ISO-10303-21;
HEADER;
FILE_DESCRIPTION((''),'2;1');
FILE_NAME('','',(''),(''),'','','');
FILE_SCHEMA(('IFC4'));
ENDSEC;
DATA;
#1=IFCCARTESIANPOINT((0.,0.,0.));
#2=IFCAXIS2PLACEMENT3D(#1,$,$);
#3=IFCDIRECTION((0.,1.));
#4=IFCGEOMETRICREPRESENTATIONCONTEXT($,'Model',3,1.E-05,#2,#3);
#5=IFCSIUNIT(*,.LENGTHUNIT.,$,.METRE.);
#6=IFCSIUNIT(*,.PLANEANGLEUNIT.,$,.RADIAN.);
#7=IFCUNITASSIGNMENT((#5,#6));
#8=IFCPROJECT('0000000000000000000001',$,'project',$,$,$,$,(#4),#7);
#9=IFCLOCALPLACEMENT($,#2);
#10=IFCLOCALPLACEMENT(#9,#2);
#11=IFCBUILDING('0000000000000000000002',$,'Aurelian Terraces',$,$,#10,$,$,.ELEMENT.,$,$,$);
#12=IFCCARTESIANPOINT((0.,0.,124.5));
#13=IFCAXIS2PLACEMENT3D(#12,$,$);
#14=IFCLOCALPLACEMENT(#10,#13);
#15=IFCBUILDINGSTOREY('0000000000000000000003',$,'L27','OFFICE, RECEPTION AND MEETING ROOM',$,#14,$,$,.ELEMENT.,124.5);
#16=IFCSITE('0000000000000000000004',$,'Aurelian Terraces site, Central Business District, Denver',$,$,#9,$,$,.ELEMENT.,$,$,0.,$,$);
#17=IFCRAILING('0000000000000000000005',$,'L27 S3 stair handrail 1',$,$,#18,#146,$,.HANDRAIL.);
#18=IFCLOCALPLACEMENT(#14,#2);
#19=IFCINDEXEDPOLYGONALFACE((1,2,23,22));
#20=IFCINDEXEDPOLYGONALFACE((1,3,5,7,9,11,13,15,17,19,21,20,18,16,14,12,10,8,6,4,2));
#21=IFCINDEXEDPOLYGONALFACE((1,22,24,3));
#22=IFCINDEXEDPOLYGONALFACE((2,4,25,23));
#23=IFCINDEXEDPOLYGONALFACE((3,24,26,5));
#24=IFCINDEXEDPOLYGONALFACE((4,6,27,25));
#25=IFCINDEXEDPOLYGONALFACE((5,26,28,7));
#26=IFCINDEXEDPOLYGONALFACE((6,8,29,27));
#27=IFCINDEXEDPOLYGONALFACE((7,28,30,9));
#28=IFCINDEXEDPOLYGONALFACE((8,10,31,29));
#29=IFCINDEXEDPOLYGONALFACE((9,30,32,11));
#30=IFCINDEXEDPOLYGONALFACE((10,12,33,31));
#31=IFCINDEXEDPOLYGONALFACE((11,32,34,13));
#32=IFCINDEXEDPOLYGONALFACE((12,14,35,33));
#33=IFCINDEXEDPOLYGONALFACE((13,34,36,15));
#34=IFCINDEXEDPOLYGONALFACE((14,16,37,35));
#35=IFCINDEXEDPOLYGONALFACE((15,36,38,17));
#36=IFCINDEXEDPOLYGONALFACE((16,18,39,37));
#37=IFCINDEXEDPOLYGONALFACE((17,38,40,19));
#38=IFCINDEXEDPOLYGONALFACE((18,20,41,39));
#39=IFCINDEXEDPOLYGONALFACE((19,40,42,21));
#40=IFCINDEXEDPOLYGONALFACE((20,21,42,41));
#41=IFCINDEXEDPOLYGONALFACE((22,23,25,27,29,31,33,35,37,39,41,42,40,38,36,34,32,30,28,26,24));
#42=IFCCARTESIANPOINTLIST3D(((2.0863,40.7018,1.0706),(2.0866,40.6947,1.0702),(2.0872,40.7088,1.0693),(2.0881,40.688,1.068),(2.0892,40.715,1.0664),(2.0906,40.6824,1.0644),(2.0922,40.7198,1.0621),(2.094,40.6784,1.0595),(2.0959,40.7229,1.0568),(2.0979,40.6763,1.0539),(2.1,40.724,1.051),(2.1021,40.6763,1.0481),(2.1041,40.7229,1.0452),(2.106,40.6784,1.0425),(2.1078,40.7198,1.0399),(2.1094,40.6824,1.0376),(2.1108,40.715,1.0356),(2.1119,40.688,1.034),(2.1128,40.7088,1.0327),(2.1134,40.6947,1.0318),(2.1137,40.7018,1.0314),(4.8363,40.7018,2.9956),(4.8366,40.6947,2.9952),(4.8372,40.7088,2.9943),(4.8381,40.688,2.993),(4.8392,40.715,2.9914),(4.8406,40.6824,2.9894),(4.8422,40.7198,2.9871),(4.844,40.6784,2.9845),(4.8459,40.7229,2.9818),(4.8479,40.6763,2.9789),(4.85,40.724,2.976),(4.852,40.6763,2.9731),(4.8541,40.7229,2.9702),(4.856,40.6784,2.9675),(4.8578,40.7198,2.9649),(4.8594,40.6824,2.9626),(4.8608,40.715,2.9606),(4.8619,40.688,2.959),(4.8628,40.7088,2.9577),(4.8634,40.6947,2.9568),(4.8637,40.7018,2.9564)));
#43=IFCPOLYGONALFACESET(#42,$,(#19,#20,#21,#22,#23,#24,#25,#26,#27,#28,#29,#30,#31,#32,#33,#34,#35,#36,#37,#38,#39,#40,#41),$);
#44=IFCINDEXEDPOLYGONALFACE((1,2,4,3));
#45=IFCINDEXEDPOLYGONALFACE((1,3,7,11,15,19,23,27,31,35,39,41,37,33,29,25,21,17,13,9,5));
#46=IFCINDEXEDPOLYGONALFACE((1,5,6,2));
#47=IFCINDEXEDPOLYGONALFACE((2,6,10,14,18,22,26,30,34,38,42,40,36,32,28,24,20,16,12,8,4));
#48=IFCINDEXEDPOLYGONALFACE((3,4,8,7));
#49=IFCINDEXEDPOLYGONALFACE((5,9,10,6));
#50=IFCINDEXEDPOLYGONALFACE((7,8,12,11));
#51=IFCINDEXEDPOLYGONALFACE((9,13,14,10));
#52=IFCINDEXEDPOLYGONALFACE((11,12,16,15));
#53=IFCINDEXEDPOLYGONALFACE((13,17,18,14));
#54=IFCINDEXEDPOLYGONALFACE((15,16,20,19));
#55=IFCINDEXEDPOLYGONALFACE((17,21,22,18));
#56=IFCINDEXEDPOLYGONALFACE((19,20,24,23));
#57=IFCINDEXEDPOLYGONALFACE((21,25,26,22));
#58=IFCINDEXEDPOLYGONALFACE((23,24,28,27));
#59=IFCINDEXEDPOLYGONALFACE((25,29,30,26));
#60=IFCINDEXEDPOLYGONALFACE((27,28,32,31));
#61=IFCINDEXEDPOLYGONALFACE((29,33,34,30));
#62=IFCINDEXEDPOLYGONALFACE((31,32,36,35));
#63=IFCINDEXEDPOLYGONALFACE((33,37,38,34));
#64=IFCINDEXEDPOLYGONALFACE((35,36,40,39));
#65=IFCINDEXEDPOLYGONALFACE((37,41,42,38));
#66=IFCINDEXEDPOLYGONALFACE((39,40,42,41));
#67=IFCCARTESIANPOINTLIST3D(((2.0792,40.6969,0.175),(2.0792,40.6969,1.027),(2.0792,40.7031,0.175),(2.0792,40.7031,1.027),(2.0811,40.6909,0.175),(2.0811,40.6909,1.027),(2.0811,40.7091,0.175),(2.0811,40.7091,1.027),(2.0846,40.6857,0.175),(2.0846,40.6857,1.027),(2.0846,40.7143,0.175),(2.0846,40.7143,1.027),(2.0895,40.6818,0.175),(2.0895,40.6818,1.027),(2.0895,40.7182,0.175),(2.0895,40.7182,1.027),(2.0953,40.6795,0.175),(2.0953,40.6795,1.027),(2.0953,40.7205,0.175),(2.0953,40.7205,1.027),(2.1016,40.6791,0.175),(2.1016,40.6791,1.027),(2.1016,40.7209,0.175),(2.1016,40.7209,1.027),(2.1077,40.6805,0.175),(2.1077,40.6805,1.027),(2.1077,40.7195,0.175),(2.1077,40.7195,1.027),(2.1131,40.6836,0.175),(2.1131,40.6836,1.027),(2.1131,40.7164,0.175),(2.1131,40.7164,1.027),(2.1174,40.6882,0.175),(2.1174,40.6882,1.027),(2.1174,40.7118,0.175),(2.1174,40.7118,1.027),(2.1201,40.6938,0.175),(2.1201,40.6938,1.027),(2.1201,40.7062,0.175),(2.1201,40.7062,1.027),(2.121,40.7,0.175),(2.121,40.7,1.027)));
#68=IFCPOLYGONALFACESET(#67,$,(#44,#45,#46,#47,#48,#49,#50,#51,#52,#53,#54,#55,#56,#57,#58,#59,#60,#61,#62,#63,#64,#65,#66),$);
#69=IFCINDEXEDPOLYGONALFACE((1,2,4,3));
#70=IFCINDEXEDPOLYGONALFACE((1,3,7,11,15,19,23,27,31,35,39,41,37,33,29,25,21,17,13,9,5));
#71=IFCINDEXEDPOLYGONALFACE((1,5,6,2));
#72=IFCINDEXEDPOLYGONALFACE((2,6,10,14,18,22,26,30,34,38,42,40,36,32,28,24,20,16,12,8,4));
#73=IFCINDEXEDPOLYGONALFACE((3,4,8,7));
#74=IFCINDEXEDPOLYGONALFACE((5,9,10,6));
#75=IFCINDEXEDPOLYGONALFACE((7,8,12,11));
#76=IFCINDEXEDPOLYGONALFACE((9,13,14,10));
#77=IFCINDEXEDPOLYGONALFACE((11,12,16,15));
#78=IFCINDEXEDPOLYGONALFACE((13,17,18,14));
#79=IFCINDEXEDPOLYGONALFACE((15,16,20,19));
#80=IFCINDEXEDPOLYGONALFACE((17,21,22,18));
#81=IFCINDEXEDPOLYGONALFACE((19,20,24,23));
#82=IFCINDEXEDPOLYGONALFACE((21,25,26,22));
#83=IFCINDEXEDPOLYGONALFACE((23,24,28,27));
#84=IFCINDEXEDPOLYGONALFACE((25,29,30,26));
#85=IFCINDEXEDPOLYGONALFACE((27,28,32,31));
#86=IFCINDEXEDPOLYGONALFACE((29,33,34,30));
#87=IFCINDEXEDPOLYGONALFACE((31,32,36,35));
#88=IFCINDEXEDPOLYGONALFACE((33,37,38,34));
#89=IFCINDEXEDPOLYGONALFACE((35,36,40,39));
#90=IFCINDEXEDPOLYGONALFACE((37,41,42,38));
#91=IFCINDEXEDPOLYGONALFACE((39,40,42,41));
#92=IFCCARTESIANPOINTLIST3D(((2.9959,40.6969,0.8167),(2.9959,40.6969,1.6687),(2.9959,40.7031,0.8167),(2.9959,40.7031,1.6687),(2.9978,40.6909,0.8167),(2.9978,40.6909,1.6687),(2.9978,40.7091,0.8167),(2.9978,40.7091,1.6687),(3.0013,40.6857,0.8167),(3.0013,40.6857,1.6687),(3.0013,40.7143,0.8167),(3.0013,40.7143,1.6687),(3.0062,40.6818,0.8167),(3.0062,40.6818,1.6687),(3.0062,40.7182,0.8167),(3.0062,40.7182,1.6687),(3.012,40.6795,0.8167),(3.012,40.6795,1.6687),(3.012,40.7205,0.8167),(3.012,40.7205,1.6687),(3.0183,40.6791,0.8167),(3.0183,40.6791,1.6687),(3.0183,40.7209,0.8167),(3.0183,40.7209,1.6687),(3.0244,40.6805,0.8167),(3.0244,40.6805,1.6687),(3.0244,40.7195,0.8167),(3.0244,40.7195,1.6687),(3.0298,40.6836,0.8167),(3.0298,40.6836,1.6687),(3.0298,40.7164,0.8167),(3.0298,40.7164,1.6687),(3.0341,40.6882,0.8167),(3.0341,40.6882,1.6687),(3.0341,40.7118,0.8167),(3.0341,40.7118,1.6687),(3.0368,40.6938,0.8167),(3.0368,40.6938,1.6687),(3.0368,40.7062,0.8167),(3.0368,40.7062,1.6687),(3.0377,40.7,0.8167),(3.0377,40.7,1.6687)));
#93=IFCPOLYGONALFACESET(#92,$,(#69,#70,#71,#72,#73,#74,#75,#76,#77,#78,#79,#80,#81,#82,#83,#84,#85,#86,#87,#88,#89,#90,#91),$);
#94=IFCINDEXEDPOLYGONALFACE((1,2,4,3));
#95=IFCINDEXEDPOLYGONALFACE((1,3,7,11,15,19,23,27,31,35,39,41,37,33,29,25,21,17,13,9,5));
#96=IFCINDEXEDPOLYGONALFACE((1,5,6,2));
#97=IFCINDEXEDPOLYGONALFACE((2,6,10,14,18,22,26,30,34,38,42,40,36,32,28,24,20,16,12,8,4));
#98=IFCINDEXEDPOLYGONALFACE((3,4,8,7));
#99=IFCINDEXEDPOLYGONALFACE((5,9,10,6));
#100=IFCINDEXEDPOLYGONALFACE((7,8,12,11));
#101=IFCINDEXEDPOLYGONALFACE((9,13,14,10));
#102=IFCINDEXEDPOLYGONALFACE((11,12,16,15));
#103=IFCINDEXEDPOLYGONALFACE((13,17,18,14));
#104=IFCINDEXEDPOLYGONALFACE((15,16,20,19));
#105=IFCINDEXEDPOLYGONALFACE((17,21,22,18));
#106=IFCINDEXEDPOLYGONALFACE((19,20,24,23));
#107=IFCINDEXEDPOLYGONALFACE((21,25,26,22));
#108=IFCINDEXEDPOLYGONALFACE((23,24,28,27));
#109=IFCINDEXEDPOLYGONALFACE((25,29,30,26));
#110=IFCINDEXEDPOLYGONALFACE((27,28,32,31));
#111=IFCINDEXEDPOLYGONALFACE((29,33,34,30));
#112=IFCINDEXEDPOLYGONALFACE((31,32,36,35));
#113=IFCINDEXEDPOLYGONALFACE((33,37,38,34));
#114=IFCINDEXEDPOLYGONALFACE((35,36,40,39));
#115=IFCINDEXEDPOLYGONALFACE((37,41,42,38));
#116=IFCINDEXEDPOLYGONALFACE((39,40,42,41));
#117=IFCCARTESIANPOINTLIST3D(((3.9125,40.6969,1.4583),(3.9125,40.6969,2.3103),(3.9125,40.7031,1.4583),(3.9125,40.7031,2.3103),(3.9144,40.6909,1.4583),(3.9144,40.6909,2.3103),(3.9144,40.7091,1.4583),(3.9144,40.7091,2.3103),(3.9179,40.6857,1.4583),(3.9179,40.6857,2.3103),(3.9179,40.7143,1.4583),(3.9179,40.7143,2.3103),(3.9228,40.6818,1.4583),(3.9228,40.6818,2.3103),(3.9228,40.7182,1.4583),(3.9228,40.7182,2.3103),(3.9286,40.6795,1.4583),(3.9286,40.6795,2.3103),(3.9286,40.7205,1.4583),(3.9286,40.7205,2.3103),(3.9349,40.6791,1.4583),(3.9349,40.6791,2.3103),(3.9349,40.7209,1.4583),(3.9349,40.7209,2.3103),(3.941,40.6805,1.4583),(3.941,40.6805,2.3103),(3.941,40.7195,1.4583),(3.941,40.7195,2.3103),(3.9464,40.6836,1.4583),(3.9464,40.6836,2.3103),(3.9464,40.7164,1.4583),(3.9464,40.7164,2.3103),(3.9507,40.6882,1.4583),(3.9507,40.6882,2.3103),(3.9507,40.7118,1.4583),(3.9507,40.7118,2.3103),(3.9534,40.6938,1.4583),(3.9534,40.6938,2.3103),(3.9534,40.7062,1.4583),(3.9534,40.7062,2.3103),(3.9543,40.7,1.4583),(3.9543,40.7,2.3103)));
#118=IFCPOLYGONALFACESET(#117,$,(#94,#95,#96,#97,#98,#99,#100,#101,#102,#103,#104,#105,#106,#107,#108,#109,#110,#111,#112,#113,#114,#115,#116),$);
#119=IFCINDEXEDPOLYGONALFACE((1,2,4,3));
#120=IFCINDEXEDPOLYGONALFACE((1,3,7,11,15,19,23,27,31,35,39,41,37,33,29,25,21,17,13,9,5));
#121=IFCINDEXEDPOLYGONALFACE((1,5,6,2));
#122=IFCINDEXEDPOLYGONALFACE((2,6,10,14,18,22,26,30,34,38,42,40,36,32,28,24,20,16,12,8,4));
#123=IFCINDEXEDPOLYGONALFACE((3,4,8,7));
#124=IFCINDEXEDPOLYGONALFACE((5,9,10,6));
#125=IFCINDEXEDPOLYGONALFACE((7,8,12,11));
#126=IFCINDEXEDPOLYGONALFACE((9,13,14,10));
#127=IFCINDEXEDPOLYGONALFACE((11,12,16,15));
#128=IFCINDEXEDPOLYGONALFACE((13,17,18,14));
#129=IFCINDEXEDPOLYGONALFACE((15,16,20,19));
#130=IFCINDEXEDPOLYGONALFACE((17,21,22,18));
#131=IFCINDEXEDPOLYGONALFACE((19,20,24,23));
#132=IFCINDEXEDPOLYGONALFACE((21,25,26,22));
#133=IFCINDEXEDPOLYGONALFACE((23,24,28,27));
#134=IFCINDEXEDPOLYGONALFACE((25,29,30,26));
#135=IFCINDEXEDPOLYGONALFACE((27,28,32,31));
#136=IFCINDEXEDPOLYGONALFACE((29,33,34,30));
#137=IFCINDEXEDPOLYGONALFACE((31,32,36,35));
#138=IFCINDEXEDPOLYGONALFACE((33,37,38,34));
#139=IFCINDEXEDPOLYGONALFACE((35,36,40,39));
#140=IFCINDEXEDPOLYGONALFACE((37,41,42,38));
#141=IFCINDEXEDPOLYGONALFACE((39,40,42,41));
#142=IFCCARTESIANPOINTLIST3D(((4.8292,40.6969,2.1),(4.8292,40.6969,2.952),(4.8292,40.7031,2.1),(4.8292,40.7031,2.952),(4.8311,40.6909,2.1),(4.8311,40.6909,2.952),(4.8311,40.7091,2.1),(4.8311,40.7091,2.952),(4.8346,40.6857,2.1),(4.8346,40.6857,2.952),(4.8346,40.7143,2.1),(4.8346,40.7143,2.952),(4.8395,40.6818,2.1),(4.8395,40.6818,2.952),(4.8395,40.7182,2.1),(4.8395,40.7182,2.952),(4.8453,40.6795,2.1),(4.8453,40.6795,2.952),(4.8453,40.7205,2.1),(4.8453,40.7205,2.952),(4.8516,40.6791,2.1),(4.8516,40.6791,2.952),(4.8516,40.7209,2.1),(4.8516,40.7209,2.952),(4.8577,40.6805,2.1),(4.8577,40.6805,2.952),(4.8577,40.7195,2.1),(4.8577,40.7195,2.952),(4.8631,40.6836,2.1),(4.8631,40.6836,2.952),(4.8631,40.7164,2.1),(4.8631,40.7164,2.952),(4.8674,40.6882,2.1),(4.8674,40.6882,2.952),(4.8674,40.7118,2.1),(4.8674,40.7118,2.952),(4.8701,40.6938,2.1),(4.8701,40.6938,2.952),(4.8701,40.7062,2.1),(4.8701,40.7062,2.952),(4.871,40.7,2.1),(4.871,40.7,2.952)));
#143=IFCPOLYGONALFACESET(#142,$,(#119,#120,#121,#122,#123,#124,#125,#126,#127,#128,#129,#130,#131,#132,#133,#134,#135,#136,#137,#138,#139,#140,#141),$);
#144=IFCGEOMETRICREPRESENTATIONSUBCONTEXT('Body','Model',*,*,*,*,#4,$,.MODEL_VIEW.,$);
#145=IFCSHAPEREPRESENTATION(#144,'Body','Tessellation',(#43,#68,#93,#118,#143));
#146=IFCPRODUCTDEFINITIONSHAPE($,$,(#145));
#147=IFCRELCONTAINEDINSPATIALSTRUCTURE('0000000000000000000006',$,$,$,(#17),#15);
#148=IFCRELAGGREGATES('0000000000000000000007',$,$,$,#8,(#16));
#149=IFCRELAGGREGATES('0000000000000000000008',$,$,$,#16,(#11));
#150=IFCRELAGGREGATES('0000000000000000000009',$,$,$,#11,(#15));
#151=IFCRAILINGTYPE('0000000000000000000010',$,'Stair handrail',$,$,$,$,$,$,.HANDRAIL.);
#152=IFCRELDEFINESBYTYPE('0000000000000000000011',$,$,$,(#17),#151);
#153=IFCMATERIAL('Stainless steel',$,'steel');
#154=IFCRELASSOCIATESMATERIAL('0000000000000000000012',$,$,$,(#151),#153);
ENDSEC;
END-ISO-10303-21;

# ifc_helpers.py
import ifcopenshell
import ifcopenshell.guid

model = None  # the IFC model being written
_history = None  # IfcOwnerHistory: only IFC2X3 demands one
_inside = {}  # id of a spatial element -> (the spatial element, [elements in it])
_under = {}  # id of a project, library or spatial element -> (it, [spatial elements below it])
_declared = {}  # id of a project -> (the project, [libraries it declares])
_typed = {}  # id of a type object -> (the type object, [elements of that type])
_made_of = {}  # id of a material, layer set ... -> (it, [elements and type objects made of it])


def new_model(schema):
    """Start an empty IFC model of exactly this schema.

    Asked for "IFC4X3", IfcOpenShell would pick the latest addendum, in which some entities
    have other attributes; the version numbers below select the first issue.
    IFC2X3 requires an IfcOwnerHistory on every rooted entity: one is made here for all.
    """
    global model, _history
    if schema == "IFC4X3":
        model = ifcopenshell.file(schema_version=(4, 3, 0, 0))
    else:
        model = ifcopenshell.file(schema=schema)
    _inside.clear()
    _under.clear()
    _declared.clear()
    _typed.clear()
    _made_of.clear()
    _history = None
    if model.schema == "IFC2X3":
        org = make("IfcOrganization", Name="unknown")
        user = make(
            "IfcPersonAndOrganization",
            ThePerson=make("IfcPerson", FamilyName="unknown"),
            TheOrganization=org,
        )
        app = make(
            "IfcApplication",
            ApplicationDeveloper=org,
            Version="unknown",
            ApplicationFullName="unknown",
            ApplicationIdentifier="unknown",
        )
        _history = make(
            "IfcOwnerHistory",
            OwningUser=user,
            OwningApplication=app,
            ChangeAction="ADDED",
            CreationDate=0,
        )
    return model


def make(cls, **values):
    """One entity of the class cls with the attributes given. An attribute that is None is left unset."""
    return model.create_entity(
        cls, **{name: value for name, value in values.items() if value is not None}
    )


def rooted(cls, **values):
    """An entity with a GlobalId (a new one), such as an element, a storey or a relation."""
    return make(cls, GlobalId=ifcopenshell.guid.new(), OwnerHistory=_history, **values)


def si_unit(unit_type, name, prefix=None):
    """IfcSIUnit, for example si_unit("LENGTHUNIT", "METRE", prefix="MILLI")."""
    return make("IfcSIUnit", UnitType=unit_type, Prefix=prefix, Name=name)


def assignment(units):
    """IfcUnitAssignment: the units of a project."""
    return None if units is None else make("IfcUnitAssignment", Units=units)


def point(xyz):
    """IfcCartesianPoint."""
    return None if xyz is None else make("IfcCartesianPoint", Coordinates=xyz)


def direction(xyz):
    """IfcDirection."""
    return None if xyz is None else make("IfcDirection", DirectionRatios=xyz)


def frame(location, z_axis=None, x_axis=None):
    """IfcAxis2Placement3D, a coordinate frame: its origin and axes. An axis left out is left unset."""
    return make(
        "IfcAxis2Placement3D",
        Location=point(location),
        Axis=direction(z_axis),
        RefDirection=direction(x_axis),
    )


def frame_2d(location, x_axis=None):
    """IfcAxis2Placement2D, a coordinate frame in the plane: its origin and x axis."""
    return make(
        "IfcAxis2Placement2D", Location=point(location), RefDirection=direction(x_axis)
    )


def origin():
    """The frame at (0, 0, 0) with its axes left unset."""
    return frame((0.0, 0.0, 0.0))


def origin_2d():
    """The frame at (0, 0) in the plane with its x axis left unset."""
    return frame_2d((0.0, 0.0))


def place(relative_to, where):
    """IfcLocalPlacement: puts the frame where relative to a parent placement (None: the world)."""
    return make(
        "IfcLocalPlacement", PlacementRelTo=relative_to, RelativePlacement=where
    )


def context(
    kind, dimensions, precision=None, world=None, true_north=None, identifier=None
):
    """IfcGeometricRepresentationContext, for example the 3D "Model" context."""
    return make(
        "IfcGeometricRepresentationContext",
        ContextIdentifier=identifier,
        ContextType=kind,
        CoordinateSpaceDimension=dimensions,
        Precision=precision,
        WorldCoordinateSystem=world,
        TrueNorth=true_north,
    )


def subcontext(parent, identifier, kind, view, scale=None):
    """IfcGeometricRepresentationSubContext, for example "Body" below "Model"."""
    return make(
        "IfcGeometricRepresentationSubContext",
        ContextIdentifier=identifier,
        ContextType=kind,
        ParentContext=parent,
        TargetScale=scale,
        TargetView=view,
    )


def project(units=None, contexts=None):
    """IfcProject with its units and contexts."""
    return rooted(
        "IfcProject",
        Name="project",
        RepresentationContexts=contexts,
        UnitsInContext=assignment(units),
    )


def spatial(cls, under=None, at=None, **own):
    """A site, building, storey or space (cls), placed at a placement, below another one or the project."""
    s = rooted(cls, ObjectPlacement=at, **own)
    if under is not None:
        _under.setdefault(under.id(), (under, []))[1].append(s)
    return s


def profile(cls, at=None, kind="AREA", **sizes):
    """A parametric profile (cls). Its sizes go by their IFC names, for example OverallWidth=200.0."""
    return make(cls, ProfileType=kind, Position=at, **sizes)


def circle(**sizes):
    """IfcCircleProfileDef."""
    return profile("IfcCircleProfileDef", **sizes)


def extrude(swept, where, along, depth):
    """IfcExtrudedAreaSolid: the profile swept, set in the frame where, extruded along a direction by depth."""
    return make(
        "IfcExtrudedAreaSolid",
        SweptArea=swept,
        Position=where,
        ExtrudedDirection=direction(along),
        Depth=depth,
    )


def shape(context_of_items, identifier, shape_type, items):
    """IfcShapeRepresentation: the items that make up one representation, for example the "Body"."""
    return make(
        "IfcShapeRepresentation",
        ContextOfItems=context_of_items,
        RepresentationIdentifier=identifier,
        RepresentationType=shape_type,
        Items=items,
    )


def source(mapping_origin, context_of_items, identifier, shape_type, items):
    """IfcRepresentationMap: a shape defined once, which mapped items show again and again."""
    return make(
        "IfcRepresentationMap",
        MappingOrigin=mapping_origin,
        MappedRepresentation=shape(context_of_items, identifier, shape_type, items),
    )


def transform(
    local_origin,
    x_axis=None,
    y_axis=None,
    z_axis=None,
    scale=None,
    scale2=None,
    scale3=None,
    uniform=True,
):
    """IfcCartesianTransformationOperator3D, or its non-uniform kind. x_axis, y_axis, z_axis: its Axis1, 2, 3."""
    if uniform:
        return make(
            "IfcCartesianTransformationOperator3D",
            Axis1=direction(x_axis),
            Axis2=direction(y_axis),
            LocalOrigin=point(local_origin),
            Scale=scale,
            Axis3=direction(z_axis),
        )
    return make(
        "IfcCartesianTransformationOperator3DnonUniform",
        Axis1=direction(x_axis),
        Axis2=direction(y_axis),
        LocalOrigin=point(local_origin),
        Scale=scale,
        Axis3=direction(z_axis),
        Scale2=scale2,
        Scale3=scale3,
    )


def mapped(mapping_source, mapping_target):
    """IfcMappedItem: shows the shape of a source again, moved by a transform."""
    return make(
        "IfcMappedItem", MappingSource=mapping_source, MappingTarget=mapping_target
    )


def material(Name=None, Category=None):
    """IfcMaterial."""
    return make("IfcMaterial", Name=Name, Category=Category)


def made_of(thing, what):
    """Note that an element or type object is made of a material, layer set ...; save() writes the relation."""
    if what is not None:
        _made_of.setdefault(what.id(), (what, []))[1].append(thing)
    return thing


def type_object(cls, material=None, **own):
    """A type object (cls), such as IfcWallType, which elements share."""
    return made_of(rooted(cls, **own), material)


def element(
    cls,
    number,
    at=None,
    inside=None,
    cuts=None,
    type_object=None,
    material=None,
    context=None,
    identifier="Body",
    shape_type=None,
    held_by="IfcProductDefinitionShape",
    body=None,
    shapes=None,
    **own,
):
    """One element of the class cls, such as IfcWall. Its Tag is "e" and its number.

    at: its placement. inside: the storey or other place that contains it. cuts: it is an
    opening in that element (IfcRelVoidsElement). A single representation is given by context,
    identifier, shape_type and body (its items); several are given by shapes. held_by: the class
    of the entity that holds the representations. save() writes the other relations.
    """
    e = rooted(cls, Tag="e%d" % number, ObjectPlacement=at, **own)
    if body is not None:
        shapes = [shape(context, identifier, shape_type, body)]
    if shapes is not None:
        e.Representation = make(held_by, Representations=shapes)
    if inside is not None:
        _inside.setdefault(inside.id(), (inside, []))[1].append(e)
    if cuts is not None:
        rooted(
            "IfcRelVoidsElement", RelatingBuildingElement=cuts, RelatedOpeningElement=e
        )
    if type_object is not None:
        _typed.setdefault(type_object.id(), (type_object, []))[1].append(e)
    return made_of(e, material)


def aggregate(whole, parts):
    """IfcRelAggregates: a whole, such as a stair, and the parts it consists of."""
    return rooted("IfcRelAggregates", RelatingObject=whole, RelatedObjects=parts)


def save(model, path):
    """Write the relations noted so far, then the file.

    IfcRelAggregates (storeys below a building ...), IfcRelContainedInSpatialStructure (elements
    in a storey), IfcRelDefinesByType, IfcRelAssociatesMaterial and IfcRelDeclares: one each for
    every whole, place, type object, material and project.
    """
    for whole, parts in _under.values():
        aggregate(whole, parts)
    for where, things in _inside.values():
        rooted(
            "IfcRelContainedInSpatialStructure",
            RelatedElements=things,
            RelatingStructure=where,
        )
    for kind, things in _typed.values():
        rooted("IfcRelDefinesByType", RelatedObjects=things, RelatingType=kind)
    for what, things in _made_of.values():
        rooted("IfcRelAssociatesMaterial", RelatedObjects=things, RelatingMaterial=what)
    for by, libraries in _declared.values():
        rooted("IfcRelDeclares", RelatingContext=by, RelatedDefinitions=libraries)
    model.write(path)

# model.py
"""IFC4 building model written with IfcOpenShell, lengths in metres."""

from ifc_helpers import new_model, si_unit, direction, frame, origin, origin_2d, place, context, subcontext, project, spatial, circle, extrude, source, transform, mapped, material, type_object, element, save


model = new_model("IFC4")

# Units and contexts
model_context = context("Model", 3, precision=1e-05, world=origin(), true_north=direction((0.0, 1.0)))
body_context = subcontext(model_context, "Body", "Model", "MODEL_VIEW")
ifc_project = project(units=[si_unit("LENGTHUNIT", "METRE"), si_unit("PLANEANGLEUNIT", "RADIAN")], contexts=[model_context])

# Site, building, storey
site_placement = place(None, origin())
site = spatial("IfcSite", under=ifc_project, at=site_placement, Name="Aurelian Terraces site, Central Business District, Denver", CompositionType="ELEMENT", RefElevation=0.0)
building_placement = place(site_placement, origin())
building = spatial("IfcBuilding", under=site, at=building_placement, Name="Aurelian Terraces", CompositionType="ELEMENT")
storey_placement = place(building_placement, frame((0.0, 0.0, 124.5)))
storey = spatial("IfcBuildingStorey", under=building, at=storey_placement, Name="L27", Description="OFFICE, RECEPTION AND MEETING ROOM", CompositionType="ELEMENT", Elevation=124.5)

# Railing
ifc_material_1 = material(Name="Stainless steel", Category="steel")
railing_type_1 = type_object("IfcRailingType", Name="Stair handrail", PredefinedType="HANDRAIL", material=ifc_material_1)
shared_shape_1 = source(origin(), body_context, "Body", "SweptSolid", [
    extrude(circle(Radius=0.024, at=origin_2d()), frame((0.0, 0.0, 0.876), z_axis=(0.819232, 0.0, 0.573462), x_axis=(0.0, 1.0, 0.0)), (0.0, 0.0, 1.0), 3.3568),
    extrude(circle(Radius=0.021, at=origin_2d()), origin(), (0.0, 0.0, 1.0), 0.852),
    extrude(circle(Radius=0.021, at=origin_2d()), frame((0.9167, 0.0, 0.6417)), (0.0, 0.0, 1.0), 0.852),
    extrude(circle(Radius=0.021, at=origin_2d()), frame((1.8333, 0.0, 1.2833)), (0.0, 0.0, 1.0), 0.852),
    extrude(circle(Radius=0.021, at=origin_2d()), frame((2.75, 0.0, 1.925)), (0.0, 0.0, 1.0), 0.852),
])
railing_1_placement = place(storey_placement, frame((2.1, 40.7, 0.175)))
element("IfcRailing", 1, at=railing_1_placement, inside=storey, type_object=railing_type_1, Name="L27 S3 stair handrail 1", PredefinedType="HANDRAIL", context=body_context, shape_type="MappedRepresentation", body=[
    mapped(shared_shape_1, transform((0.0, 0.0, 0.0), scale=1.0)),
])

save(model, "model.ifc")
